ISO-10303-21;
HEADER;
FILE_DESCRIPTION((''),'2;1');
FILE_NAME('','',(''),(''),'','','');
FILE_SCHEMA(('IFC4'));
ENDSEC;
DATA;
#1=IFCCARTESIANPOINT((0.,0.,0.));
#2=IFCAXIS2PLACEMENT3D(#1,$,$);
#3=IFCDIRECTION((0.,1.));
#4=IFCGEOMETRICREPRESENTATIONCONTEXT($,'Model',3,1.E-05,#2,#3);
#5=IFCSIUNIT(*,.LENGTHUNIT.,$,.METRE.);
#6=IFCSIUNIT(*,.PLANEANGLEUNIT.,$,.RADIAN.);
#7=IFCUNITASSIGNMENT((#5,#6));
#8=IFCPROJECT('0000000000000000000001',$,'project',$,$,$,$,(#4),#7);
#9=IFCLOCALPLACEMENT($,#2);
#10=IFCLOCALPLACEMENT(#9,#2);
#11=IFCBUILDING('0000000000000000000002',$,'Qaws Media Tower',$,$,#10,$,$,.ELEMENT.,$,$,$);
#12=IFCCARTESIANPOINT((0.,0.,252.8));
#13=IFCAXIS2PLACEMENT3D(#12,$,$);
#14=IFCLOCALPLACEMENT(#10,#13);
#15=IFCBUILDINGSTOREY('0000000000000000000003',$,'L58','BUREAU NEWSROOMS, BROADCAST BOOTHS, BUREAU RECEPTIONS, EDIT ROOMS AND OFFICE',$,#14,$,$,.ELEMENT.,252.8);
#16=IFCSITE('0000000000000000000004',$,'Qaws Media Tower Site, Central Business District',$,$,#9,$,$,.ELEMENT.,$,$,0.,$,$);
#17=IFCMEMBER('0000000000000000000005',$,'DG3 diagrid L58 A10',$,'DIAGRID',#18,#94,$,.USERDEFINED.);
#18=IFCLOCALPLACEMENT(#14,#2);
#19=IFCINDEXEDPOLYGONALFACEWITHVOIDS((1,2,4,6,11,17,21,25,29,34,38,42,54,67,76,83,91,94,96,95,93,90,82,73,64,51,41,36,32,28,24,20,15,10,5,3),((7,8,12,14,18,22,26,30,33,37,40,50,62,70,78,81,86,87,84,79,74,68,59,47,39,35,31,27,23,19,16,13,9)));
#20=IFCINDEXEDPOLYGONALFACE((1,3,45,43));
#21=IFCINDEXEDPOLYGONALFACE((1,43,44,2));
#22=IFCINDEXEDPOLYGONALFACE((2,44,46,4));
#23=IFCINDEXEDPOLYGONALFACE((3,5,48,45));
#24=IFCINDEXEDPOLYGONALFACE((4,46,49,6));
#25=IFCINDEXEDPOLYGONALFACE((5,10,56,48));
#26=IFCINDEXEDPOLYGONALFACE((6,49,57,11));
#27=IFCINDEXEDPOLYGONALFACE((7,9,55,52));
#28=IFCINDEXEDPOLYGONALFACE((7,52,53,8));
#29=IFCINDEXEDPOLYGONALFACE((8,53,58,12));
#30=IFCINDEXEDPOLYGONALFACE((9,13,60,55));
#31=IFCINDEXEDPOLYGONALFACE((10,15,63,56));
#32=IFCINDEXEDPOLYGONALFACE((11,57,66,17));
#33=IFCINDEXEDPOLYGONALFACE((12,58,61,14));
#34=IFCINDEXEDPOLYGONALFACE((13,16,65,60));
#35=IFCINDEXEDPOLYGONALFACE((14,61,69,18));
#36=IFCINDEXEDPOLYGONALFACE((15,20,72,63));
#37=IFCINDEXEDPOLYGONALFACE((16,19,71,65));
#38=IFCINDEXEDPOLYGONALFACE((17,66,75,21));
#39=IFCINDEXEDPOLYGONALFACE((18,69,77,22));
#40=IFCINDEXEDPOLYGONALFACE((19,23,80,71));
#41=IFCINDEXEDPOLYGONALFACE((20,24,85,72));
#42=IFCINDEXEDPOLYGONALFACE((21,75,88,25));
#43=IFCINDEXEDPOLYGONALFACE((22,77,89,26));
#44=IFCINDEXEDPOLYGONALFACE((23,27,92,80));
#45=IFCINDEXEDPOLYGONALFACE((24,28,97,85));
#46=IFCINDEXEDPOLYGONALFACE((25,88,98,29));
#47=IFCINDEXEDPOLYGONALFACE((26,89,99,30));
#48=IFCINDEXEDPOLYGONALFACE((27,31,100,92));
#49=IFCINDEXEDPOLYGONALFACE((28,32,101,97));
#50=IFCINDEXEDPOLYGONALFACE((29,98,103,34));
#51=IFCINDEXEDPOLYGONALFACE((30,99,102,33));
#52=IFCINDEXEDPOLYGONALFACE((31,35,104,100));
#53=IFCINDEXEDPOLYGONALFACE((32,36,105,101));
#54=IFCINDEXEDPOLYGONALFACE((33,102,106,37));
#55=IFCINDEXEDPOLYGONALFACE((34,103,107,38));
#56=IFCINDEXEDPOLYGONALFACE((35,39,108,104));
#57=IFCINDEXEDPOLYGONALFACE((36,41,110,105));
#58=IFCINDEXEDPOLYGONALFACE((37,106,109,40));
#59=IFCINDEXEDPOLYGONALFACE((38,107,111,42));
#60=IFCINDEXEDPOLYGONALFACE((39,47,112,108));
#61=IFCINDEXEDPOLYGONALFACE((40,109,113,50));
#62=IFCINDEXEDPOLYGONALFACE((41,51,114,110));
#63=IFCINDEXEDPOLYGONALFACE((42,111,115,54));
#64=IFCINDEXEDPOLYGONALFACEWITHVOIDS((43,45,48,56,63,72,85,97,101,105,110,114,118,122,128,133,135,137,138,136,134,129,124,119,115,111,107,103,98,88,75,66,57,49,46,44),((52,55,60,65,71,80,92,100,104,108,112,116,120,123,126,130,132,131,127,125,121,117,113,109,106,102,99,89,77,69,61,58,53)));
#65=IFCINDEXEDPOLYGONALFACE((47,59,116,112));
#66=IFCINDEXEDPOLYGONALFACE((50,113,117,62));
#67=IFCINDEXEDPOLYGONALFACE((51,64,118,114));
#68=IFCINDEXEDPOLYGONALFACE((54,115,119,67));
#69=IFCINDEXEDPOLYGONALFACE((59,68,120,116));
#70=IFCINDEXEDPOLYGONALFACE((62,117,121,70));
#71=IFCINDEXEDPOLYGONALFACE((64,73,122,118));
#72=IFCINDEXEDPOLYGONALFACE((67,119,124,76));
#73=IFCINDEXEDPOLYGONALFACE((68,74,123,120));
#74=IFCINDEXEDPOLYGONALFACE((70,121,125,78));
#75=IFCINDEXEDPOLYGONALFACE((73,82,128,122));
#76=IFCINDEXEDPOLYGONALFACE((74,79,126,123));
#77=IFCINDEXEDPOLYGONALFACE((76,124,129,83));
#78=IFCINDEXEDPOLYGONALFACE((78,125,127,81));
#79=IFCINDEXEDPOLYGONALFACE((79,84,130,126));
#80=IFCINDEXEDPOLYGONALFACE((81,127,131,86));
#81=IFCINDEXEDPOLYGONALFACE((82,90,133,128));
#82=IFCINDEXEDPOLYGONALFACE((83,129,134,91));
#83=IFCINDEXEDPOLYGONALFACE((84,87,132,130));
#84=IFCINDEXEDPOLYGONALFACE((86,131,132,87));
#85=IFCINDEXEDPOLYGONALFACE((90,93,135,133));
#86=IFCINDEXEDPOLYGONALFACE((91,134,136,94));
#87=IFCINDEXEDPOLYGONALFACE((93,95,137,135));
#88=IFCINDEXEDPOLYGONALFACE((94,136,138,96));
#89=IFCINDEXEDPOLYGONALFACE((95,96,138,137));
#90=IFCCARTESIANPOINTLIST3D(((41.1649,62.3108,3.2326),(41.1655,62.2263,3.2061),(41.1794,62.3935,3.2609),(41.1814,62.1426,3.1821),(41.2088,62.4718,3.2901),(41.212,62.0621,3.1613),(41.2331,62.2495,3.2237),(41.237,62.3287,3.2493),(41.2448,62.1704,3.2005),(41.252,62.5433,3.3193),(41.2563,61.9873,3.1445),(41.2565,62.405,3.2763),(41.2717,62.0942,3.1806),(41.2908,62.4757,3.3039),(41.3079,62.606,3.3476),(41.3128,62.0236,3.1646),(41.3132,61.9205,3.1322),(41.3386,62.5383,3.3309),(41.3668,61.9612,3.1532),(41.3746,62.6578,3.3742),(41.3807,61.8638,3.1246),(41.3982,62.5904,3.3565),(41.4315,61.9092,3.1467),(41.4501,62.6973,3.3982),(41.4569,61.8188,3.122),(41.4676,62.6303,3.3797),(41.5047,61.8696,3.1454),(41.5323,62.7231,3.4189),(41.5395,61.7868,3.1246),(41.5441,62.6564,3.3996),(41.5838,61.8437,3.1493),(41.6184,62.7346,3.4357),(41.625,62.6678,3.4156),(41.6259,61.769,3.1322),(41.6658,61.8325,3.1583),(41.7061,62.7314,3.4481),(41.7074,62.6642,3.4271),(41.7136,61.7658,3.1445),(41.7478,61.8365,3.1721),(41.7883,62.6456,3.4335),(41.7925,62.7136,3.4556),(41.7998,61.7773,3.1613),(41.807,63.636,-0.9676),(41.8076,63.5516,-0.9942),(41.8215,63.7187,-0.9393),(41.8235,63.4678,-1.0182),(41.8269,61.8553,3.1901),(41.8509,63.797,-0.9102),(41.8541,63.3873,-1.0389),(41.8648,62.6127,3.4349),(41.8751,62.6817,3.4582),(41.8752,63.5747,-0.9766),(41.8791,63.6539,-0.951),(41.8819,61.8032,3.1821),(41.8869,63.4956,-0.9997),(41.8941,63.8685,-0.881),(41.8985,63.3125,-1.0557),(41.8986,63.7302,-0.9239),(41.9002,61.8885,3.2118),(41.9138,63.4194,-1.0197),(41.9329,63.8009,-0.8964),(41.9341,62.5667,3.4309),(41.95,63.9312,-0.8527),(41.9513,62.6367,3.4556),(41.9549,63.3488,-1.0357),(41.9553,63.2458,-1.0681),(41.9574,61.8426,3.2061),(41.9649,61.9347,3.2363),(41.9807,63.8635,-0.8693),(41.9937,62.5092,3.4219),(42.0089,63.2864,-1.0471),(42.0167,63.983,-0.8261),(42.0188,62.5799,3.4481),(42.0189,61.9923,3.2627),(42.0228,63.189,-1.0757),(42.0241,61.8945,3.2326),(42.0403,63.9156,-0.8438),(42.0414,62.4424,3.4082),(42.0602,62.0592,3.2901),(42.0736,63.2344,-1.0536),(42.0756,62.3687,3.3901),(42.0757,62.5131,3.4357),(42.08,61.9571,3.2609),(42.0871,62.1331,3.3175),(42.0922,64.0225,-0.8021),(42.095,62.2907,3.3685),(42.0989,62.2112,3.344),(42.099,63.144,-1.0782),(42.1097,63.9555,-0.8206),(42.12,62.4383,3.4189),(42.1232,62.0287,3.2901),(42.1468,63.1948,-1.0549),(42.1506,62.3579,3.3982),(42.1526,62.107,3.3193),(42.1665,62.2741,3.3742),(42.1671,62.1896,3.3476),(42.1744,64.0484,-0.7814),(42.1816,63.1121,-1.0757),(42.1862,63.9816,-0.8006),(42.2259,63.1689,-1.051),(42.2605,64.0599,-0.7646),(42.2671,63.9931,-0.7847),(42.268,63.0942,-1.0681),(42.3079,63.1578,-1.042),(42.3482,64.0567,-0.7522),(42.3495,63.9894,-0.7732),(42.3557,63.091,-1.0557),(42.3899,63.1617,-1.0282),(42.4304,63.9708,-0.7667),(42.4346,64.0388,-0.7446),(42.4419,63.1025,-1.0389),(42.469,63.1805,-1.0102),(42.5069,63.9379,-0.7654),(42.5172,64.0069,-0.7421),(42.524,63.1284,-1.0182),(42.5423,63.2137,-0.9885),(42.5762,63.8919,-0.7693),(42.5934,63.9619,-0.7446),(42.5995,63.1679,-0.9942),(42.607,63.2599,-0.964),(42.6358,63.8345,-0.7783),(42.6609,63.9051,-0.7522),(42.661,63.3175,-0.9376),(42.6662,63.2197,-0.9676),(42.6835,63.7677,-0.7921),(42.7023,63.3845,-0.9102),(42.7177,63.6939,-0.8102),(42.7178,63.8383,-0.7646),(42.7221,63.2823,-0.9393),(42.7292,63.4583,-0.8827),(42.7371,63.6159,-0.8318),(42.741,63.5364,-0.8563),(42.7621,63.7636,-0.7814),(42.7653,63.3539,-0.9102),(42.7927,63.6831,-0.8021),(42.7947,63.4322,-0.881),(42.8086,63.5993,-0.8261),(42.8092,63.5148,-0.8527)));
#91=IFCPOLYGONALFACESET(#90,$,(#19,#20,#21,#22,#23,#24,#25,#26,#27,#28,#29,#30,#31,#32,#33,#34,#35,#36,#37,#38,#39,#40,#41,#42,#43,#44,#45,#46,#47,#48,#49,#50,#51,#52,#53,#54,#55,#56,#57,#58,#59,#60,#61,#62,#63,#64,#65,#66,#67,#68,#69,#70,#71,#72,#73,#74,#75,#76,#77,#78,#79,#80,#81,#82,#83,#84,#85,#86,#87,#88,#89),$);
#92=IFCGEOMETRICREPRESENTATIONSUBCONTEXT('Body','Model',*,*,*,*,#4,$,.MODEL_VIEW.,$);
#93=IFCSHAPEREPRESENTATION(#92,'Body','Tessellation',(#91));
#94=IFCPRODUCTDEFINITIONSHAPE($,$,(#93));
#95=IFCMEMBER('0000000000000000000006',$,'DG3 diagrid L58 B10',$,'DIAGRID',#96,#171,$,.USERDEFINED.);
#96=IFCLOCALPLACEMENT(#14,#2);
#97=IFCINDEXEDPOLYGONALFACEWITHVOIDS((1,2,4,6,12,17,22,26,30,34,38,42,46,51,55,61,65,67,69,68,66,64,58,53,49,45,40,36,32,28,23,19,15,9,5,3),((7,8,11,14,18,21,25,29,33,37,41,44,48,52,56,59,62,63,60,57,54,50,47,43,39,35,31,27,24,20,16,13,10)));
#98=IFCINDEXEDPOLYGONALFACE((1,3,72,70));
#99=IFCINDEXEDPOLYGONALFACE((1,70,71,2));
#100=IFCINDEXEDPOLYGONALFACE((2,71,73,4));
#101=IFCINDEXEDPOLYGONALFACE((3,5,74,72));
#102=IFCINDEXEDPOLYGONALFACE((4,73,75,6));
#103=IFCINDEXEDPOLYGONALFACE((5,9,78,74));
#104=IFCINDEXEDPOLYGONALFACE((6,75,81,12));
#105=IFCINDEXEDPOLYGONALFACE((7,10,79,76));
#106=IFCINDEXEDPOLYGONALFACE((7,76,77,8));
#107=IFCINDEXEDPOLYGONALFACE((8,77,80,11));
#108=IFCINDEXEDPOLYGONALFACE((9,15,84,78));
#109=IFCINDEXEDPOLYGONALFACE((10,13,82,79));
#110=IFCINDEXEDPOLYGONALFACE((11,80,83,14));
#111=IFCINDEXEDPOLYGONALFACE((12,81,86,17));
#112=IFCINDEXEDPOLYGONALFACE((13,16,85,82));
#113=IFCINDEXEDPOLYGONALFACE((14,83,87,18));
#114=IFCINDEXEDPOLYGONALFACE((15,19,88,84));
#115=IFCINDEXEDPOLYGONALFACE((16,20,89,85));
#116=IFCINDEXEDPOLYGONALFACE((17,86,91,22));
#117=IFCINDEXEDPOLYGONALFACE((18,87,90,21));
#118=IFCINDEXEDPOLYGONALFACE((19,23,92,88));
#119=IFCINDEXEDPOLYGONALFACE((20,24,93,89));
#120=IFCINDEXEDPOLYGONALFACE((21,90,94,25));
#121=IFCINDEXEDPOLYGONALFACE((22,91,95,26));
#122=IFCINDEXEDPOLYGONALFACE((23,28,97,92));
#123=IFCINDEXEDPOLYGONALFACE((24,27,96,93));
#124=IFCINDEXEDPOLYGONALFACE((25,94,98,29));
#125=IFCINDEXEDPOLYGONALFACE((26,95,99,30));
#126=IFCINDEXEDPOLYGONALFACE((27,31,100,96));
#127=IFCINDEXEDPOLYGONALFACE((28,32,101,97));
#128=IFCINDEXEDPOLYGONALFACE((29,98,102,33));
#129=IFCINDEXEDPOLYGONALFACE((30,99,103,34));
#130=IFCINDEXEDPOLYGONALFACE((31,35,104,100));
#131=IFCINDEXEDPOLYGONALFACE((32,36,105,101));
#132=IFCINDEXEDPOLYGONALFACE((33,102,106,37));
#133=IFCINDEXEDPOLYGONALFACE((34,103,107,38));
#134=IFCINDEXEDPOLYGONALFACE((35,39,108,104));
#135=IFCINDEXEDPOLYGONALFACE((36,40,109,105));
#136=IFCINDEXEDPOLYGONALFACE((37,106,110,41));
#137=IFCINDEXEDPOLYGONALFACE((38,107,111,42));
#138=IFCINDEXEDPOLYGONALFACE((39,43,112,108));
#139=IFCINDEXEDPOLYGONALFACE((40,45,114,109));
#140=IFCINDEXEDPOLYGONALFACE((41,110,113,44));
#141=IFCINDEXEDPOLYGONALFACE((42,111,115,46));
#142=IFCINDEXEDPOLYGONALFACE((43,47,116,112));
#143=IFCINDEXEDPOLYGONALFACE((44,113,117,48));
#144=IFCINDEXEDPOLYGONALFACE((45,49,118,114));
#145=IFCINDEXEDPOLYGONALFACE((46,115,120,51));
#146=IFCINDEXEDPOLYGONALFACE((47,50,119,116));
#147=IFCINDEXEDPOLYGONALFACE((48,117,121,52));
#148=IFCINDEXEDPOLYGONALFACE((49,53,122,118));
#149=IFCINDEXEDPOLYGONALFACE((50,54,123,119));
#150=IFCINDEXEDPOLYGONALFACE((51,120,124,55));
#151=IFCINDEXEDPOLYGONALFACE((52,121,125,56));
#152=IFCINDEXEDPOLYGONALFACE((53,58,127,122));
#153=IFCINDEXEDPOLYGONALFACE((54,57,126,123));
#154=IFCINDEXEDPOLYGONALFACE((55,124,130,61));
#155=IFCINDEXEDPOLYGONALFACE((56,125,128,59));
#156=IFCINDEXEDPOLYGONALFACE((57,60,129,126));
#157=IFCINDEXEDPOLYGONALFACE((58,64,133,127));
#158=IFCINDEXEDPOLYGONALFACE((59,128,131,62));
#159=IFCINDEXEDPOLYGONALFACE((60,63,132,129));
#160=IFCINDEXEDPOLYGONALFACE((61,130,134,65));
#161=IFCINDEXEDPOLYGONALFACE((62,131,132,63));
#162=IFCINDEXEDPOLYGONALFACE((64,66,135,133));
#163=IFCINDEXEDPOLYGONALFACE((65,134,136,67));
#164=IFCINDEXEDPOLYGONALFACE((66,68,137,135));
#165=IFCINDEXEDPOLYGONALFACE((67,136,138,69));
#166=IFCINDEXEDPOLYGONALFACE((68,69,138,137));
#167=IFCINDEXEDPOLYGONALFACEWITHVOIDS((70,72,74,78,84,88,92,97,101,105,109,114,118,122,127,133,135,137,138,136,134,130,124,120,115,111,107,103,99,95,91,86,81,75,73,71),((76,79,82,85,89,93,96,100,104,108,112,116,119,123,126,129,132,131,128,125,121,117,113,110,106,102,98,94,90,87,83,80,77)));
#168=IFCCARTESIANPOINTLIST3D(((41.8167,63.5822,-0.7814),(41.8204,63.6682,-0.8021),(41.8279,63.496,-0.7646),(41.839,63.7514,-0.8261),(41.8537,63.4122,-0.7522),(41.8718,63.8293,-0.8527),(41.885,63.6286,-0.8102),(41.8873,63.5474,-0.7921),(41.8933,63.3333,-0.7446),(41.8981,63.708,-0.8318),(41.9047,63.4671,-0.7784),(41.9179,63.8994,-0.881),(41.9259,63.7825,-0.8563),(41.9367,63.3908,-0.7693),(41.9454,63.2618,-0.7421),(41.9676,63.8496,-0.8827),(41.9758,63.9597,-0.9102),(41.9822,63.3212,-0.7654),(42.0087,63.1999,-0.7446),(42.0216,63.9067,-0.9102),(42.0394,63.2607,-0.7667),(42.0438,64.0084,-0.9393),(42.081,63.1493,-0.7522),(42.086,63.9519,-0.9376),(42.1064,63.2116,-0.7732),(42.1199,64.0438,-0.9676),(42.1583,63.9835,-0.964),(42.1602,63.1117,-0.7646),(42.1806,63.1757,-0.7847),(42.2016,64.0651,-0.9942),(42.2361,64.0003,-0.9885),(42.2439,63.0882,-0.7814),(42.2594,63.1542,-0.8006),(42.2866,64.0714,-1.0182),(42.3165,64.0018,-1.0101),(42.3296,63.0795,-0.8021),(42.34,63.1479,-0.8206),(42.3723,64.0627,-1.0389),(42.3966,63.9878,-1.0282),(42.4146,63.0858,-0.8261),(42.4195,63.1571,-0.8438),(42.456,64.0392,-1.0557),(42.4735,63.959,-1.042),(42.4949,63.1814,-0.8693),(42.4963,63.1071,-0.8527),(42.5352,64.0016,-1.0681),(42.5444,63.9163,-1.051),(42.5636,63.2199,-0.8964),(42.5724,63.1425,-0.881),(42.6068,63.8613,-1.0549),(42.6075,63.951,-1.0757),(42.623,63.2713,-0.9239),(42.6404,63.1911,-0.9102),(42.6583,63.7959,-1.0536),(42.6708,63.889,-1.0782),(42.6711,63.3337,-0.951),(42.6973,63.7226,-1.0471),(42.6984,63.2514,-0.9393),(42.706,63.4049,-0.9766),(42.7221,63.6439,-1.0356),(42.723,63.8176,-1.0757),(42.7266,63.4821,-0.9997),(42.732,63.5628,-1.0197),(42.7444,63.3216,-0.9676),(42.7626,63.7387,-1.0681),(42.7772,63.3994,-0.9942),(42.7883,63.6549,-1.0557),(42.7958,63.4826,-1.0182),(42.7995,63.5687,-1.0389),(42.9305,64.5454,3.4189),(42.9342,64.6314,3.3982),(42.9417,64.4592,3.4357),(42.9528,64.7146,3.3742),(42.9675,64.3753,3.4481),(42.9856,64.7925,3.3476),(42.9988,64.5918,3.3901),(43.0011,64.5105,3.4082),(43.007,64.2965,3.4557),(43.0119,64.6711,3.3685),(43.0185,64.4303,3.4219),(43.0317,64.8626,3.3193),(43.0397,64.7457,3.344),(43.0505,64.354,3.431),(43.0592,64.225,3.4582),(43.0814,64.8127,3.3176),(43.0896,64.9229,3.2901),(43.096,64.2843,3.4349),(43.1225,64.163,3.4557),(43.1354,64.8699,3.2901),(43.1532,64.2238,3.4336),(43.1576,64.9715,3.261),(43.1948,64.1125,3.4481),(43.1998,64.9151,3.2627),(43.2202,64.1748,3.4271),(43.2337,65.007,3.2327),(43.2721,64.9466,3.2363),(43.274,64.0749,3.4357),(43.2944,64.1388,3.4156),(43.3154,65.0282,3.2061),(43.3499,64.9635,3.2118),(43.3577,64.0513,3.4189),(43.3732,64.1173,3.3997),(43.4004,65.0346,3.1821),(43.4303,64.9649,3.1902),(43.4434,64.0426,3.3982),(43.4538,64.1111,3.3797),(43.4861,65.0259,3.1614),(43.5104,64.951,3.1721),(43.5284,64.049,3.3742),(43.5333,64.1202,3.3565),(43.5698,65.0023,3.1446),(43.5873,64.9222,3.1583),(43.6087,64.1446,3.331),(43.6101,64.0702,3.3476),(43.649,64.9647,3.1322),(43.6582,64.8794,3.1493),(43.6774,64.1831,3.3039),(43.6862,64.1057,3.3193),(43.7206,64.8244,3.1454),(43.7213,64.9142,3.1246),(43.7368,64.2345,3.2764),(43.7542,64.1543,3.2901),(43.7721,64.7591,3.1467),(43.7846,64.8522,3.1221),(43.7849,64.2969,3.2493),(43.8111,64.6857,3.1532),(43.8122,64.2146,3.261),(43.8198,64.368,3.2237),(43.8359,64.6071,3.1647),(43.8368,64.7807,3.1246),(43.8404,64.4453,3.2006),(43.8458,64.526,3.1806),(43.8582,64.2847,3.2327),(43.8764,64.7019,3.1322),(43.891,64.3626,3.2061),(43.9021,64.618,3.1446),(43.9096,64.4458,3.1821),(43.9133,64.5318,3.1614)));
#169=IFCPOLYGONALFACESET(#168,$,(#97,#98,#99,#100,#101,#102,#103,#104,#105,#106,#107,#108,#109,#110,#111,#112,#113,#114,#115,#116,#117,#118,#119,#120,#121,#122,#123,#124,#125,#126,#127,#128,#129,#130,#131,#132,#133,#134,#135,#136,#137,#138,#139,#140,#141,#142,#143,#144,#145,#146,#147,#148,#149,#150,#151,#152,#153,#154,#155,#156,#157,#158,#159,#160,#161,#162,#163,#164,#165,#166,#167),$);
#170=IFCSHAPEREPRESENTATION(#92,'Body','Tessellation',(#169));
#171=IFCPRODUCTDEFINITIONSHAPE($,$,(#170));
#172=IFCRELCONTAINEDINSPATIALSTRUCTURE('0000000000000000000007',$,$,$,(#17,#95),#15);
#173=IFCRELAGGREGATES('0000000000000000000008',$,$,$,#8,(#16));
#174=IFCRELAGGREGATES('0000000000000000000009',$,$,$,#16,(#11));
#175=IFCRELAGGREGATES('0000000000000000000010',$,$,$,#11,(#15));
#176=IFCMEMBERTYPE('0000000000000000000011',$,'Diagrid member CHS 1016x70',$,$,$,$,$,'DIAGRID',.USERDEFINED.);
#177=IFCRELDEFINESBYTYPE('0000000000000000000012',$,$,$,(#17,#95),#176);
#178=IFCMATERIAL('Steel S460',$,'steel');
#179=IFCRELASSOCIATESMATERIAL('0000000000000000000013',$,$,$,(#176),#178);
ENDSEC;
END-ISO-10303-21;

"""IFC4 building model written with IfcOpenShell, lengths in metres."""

from ifc_helpers import new_model, si_unit, direction, frame, origin, origin_2d, place, context, subcontext, project, spatial, hollow_circle, extrude, material, material_profile, profile_set, type_object, element, save


model = new_model("IFC4")

# Units and contexts
model_context = context("Model", 3, precision=1e-05, world=origin(), true_north=direction((0.0, 1.0)))
body_context = subcontext(model_context, "Body", "Model", "MODEL_VIEW")
ifc_project = project(units=[si_unit("LENGTHUNIT", "METRE"), si_unit("PLANEANGLEUNIT", "RADIAN")], contexts=[model_context])

# Site, building, storey
site_placement = place(None, origin())
site = spatial("IfcSite", under=ifc_project, at=site_placement, Name="Qaws Media Tower Site, Central Business District", CompositionType="ELEMENT", RefElevation=0.0)
building_placement = place(site_placement, origin())
building = spatial("IfcBuilding", under=site, at=building_placement, Name="Qaws Media Tower", CompositionType="ELEMENT")
storey_placement = place(building_placement, frame((0.0, 0.0, 252.8)))
storey = spatial("IfcBuildingStorey", under=building, at=storey_placement, Name="L58", Description="BUREAU NEWSROOMS, BROADCAST BOOTHS, BUREAU RECEPTIONS, EDIT ROOMS AND OFFICE", CompositionType="ELEMENT", Elevation=252.8)

# Members
ifc_material_1 = material(Name="Steel S460", Category="steel")
ifc_material_profile_1 = material_profile(ifc_material_1, hollow_circle(Radius=0.5081, WallThickness=0.0701, at=origin_2d()), Name="CHS 1016x70")
ifc_profile_set_1 = profile_set([ifc_material_profile_1], Name="Steel S460")
member_type_1 = type_object("IfcMemberType", Name="Diagrid member CHS 1016x70", ElementType="DIAGRID", PredefinedType="USERDEFINED", material=ifc_profile_set_1)
for number, where, z_axis, x_axis, name in (
    (1, (42.3081, 63.5754, -0.9102), (-0.144262, -0.29774, 0.943684), (0.899928, -0.436038, 0.0), "DG3 diagrid L58 A10"),
    (2, (42.3081, 63.5754, -0.9102), (0.250239, 0.216395, 0.943691), (-0.654103, 0.756405, 0.0), "DG3 diagrid L58 B10"),
):
    element("IfcMember", number, at=place(storey_placement, frame(where, z_axis=z_axis, x_axis=x_axis)), inside=storey, type_object=member_type_1, Name=name, ObjectType="DIAGRID", PredefinedType="USERDEFINED", context=body_context, shape_type="SweptSolid", body=[
        extrude(hollow_circle(Radius=0.5081, WallThickness=0.0701, at=origin_2d()), origin(), (0.0, 0.0, 1.0), 4.4509),
    ])

save(model, "model.ifc")
